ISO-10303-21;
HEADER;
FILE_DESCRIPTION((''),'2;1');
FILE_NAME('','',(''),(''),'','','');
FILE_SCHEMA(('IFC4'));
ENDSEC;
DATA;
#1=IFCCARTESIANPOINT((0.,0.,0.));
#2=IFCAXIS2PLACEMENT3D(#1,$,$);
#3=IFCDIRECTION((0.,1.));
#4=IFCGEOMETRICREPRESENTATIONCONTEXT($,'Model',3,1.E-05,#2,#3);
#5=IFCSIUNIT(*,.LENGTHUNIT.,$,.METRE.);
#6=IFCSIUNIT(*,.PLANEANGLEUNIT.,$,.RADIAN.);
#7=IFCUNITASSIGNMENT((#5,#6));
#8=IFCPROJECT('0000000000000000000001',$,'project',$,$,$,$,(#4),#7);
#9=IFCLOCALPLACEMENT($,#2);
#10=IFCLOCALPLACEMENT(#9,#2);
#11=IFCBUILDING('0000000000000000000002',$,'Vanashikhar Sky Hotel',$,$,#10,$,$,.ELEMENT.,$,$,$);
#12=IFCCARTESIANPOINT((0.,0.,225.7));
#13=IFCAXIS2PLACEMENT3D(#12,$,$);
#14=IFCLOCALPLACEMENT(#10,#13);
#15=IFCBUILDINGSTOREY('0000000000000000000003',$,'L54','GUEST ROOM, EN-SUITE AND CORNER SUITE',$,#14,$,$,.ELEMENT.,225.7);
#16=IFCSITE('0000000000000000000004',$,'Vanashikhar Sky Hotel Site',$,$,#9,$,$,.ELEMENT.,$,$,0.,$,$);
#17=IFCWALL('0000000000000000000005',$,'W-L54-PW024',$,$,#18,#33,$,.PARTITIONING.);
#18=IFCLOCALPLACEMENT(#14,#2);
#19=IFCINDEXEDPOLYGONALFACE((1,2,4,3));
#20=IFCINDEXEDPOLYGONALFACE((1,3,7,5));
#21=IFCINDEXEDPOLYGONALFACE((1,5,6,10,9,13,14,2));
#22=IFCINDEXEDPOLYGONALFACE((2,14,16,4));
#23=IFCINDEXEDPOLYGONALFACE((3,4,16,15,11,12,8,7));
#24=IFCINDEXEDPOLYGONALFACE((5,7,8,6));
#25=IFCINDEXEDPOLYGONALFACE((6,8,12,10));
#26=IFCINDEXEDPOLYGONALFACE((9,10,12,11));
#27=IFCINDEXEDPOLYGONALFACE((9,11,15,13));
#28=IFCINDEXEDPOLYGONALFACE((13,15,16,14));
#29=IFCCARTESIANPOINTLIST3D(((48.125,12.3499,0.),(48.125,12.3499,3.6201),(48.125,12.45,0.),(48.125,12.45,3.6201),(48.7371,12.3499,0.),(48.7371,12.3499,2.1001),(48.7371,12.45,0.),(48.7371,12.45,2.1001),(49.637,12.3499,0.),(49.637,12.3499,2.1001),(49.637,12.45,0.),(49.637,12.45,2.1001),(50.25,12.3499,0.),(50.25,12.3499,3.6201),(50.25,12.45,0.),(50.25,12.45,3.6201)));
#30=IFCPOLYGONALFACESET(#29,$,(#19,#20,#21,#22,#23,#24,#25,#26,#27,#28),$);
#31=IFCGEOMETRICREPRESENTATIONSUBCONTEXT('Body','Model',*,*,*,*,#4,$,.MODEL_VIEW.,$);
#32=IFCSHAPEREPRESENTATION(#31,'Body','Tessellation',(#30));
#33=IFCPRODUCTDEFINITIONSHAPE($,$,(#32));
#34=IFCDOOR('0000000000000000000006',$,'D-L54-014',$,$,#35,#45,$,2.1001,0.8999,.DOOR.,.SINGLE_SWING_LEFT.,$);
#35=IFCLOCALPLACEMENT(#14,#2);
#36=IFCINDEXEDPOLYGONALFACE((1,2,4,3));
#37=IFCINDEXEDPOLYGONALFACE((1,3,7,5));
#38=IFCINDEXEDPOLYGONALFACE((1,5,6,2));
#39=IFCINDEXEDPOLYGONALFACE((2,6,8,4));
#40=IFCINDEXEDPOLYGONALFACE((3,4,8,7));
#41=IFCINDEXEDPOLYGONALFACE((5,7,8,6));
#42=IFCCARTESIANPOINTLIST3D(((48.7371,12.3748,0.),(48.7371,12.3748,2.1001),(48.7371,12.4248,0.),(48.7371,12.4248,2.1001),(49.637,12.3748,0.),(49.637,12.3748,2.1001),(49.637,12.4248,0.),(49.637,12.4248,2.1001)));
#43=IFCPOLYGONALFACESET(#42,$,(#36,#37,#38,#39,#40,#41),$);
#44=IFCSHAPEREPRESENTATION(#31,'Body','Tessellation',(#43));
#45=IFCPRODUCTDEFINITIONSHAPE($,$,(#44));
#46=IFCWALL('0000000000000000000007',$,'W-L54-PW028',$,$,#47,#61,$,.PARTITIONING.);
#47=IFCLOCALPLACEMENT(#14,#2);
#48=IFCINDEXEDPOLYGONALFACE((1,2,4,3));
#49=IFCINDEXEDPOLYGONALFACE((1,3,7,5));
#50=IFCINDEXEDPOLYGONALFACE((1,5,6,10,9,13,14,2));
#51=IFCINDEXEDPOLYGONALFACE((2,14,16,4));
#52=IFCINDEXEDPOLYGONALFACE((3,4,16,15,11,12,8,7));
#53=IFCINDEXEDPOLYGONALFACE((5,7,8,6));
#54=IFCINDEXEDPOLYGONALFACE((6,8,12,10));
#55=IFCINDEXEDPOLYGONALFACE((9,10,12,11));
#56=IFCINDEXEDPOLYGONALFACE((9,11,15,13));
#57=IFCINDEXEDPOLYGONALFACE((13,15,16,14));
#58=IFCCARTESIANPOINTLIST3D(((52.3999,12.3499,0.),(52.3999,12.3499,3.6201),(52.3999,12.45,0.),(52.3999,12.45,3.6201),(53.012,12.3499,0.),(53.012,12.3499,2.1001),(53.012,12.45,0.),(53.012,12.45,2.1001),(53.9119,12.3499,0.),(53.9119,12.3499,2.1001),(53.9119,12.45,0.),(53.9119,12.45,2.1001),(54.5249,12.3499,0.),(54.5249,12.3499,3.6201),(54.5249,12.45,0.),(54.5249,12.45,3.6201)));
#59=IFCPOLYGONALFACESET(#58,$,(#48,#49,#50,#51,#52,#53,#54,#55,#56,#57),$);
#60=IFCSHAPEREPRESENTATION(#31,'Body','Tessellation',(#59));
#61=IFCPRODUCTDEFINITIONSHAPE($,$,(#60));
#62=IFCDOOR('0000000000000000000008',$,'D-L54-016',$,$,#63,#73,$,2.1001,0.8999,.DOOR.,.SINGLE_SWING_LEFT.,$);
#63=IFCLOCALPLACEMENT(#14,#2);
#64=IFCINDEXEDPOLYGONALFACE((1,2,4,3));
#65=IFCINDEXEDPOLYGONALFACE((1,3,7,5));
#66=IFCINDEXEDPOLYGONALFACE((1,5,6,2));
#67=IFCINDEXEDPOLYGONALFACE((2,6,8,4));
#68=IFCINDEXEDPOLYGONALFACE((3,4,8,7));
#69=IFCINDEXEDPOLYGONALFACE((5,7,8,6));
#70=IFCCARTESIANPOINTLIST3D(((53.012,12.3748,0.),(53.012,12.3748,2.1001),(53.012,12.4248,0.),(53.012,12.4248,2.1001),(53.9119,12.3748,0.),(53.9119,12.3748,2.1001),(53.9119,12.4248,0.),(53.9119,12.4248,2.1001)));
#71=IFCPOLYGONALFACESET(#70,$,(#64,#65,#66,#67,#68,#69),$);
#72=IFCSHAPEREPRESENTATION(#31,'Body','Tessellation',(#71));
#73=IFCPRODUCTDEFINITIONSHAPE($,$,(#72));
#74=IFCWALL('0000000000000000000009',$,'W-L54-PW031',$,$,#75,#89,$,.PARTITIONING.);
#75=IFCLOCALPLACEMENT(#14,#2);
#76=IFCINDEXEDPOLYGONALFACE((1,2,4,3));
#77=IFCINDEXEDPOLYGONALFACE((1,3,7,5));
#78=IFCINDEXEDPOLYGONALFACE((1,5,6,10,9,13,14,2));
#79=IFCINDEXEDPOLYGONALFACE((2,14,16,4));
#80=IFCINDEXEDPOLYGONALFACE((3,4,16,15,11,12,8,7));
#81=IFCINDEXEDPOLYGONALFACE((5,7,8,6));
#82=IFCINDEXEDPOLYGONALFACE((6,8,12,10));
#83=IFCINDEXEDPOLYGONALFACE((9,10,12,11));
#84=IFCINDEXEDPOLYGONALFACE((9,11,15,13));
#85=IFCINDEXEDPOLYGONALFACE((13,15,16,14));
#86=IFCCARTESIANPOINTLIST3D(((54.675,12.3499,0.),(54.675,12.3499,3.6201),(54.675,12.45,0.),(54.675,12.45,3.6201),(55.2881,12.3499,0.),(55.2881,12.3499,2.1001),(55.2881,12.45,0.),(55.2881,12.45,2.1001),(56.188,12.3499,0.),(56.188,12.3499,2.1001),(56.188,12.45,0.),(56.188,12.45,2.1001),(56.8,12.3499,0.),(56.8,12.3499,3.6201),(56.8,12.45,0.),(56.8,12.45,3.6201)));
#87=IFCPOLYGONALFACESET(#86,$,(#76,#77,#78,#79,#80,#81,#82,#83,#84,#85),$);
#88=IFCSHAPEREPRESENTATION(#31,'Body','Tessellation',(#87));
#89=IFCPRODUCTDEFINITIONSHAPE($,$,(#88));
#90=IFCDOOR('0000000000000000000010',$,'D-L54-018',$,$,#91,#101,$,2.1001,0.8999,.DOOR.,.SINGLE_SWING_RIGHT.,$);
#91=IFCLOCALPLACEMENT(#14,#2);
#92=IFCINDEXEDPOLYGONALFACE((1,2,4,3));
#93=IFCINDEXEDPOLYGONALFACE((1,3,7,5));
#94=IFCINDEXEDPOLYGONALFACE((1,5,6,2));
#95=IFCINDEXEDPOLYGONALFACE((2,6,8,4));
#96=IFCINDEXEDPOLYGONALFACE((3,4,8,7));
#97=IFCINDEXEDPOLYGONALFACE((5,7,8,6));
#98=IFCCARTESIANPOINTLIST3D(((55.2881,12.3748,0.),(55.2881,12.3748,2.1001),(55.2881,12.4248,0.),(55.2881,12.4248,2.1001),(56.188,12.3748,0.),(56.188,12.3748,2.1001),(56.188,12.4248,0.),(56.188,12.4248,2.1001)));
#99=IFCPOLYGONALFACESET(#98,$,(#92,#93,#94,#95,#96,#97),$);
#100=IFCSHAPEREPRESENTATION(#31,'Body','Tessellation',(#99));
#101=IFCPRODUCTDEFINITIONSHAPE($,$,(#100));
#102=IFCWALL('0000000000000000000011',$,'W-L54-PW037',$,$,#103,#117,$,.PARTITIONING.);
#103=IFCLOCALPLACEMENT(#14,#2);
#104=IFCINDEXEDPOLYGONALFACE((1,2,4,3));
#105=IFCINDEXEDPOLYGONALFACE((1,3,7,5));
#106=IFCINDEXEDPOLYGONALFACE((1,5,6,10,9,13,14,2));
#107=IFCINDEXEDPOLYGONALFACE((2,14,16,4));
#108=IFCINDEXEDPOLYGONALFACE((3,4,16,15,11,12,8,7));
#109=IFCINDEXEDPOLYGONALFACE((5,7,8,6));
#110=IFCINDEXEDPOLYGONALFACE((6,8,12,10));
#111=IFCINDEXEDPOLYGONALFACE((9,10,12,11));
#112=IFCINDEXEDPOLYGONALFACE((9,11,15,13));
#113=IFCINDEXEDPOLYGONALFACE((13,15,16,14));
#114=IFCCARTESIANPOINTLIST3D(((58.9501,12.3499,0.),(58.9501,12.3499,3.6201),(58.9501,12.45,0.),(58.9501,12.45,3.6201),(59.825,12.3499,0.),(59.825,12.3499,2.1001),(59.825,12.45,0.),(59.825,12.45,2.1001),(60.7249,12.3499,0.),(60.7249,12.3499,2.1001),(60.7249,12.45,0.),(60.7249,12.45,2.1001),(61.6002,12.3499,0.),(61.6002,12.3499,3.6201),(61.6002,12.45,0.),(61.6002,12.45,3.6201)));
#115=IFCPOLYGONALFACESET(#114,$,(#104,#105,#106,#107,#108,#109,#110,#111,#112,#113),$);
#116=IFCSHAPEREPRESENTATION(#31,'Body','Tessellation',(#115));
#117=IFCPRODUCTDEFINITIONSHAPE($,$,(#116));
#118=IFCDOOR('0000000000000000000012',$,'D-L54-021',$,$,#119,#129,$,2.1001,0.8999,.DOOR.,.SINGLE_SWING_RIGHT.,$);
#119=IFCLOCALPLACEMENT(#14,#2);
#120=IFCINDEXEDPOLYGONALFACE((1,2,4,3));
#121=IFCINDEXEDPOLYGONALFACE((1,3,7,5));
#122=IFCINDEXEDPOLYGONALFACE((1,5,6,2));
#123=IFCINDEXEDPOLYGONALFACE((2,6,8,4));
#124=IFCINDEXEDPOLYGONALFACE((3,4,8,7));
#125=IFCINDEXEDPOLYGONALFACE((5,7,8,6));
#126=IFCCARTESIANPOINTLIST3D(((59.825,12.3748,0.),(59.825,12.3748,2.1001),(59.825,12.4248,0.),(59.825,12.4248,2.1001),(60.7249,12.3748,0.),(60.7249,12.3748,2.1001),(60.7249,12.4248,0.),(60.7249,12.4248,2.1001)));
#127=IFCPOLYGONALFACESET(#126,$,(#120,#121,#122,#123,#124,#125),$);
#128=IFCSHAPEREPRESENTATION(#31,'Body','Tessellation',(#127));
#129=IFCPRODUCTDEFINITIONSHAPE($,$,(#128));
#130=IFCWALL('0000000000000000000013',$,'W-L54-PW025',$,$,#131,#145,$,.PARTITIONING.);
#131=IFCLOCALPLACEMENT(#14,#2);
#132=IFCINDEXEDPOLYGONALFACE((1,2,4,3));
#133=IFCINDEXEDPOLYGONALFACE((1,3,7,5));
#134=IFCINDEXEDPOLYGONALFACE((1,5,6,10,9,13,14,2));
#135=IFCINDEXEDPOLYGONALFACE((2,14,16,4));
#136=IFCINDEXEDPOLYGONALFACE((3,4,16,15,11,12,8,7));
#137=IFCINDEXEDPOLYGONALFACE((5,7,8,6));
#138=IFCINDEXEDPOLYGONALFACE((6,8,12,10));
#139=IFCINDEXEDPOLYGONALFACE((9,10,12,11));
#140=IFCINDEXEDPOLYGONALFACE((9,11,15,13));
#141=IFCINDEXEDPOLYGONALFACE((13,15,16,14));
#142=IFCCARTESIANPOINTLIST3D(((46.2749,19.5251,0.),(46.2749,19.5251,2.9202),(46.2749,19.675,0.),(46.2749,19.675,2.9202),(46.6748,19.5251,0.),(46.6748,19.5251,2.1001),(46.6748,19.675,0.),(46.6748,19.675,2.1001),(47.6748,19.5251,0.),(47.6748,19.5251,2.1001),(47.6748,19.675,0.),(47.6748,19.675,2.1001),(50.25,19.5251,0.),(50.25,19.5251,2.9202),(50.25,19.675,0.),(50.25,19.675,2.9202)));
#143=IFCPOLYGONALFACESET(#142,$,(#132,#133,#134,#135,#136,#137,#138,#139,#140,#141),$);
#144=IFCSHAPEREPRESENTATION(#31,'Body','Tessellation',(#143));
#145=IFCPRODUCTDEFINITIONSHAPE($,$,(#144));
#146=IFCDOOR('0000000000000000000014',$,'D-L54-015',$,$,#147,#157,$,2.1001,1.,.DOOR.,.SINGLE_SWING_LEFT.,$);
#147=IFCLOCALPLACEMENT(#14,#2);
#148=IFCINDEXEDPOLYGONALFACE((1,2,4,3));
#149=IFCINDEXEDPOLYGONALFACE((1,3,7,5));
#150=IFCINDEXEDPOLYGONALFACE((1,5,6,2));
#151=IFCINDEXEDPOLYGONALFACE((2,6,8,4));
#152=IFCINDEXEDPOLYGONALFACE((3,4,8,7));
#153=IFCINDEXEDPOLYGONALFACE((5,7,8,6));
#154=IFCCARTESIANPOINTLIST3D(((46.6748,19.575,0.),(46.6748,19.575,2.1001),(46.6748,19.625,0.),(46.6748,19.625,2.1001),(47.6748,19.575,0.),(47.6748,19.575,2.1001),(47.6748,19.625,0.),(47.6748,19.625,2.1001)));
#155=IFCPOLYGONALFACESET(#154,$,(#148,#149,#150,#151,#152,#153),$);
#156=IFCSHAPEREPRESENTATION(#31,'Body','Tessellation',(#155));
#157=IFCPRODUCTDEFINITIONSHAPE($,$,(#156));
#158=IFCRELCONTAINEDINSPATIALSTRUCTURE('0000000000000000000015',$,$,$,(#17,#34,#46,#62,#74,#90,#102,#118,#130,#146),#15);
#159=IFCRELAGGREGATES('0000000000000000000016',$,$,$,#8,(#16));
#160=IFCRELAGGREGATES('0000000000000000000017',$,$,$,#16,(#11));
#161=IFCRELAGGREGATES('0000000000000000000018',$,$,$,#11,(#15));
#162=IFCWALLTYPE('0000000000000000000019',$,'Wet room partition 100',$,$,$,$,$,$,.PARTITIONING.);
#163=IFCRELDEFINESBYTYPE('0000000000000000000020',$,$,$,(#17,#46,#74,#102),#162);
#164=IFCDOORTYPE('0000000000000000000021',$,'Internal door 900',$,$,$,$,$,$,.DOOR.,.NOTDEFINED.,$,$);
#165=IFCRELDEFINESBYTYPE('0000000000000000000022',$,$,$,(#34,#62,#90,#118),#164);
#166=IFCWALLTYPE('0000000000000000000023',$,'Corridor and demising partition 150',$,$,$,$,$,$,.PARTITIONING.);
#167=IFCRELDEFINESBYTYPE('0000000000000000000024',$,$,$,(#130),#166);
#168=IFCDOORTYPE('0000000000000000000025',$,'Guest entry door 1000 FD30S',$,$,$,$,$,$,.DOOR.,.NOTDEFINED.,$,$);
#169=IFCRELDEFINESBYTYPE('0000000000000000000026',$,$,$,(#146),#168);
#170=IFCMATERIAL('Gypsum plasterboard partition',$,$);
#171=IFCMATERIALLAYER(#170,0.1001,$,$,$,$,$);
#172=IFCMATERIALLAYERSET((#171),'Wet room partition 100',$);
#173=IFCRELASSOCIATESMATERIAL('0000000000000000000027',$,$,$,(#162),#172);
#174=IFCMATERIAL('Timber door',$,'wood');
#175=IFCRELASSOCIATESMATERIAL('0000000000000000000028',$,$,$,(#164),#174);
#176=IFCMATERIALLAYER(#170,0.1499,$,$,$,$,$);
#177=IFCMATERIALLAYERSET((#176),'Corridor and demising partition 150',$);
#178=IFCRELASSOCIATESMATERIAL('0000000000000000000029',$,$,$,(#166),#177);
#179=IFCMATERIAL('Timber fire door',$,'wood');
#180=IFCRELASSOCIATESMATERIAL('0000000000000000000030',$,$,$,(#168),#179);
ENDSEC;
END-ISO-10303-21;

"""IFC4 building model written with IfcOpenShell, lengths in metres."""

from ifc_helpers import new_model, si_unit, direction, frame, frame_2d, origin, place, context, subcontext, project, spatial, rectangle, extrude, source, transform, mapped, material, layer, layer_set, type_object, element, fill, save


model = new_model("IFC4")

# Units and contexts
model_context = context("Model", 3, precision=1e-05, world=origin(), true_north=direction((0.0, 1.0)))
body_context = subcontext(model_context, "Body", "Model", "MODEL_VIEW")
ifc_project = project(units=[si_unit("LENGTHUNIT", "METRE"), si_unit("PLANEANGLEUNIT", "RADIAN")], contexts=[model_context])

# Site, building, storey
site_placement = place(None, origin())
site = spatial("IfcSite", under=ifc_project, at=site_placement, Name="Vanashikhar Sky Hotel Site", CompositionType="ELEMENT", RefElevation=0.0)
building_placement = place(site_placement, origin())
building = spatial("IfcBuilding", under=site, at=building_placement, Name="Vanashikhar Sky Hotel", CompositionType="ELEMENT")
storey_placement = place(building_placement, frame((0.0, 0.0, 225.7)))
storey = spatial("IfcBuildingStorey", under=building, at=storey_placement, Name="L54", Description="GUEST ROOM, EN-SUITE AND CORNER SUITE", CompositionType="ELEMENT", Elevation=225.7)

# Shared definitions
ifc_material_1 = material(Name="Gypsum plasterboard partition")
ifc_layer_1 = layer(ifc_material_1, 0.1001)
ifc_layer_set_1 = layer_set([ifc_layer_1], Name="Wet room partition 100")
wall_type_1 = type_object("IfcWallType", Name="Wet room partition 100", PredefinedType="PARTITIONING", material=ifc_layer_set_1)

# Walls, openings, doors
shared_shape_1 = source(origin(), body_context, "Body", "SweptSolid", [
    extrude(rectangle(XDim=2.125, YDim=0.1001, at=frame_2d((1.0625, 0.0))), origin(), (0.0, 0.0, 1.0), 3.6201),
])
wall_1_placement = place(storey_placement, frame((48.125, 12.3999, 0.0), z_axis=(0.0, 0.0, 1.0), x_axis=(1.0, 0.0, 0.0)))
wall_1 = element("IfcWall", 1, at=wall_1_placement, inside=storey, type_object=wall_type_1, Name="W-L54-PW024", PredefinedType="PARTITIONING", context=body_context, shape_type="MappedRepresentation", body=[
    mapped(shared_shape_1, transform((0.0, 0.0, 0.0), scale=1.0)),
])
shared_shape_2 = source(origin(), body_context, "Body", "SweptSolid", [
    extrude(rectangle(XDim=0.8999, YDim=2.1001, at=frame_2d((0.45, 1.05))), frame((0.0, 0.0601, 0.0), z_axis=(0.0, -1.0, 0.0), x_axis=(1.0, 0.0, 0.0)), (0.0, 0.0, 1.0), 0.1201),
])
opening_1_placement = place(wall_1_placement, frame((0.6121, 0.0, 0.0)))
opening_1 = element("IfcOpeningElement", 2, at=opening_1_placement, cuts=wall_1, PredefinedType="OPENING", context=body_context, shape_type="MappedRepresentation", body=[
    mapped(shared_shape_2, transform((0.0, 0.0, 0.0), scale=1.0)),
])
ifc_material_2 = material(Name="Timber door", Category="wood")
door_type_1 = type_object("IfcDoorType", Name="Internal door 900", OperationType="NOTDEFINED", PredefinedType="DOOR", material=ifc_material_2)
shared_shape_3 = source(origin(), body_context, "Body", "SweptSolid", [
    extrude(rectangle(XDim=0.8999, YDim=2.1001, at=frame_2d((0.45, 1.05))), frame((0.0, 0.0249, 0.0), z_axis=(0.0, -1.0, 0.0), x_axis=(1.0, 0.0, 0.0)), (0.0, 0.0, 1.0), 0.05),
])
door_1_placement = place(opening_1_placement, origin())
door_1 = element("IfcDoor", 3, at=door_1_placement, inside=storey, type_object=door_type_1, Name="D-L54-014", OperationType="SINGLE_SWING_LEFT", OverallHeight=2.1001, OverallWidth=0.8999, PredefinedType="DOOR", context=body_context, shape_type="MappedRepresentation", body=[
    mapped(shared_shape_3, transform((0.0, 0.0, 0.0), scale=1.0)),
])
fill(opening_1, door_1)
wall_2_placement = place(storey_placement, frame((52.3999, 12.3999, 0.0), z_axis=(0.0, 0.0, 1.0), x_axis=(1.0, 0.0, 0.0)))
wall_2 = element("IfcWall", 4, at=wall_2_placement, inside=storey, type_object=wall_type_1, Name="W-L54-PW028", PredefinedType="PARTITIONING", context=body_context, shape_type="MappedRepresentation", body=[
    mapped(shared_shape_1, transform((0.0, 0.0, 0.0), scale=1.0)),
])
opening_2_placement = place(wall_2_placement, frame((0.6121, 0.0, 0.0)))
opening_2 = element("IfcOpeningElement", 5, at=opening_2_placement, cuts=wall_2, PredefinedType="OPENING", context=body_context, shape_type="MappedRepresentation", body=[
    mapped(shared_shape_2, transform((0.0, 0.0, 0.0), scale=1.0)),
])
door_2_placement = place(opening_2_placement, origin())
door_2 = element("IfcDoor", 6, at=door_2_placement, inside=storey, type_object=door_type_1, Name="D-L54-016", OperationType="SINGLE_SWING_LEFT", OverallHeight=2.1001, OverallWidth=0.8999, PredefinedType="DOOR", context=body_context, shape_type="MappedRepresentation", body=[
    mapped(shared_shape_3, transform((0.0, 0.0, 0.0), scale=1.0)),
])
fill(opening_2, door_2)
wall_3_placement = place(storey_placement, frame((54.675, 12.3999, 0.0), z_axis=(0.0, 0.0, 1.0), x_axis=(1.0, 0.0, 0.0)))
wall_3 = element("IfcWall", 7, at=wall_3_placement, inside=storey, type_object=wall_type_1, Name="W-L54-PW031", PredefinedType="PARTITIONING", context=body_context, shape_type="MappedRepresentation", body=[
    mapped(shared_shape_1, transform((0.0, 0.0, 0.0), scale=1.0)),
])
opening_3_placement = place(wall_3_placement, frame((0.613, 0.0, 0.0)))
opening_3 = element("IfcOpeningElement", 8, at=opening_3_placement, cuts=wall_3, PredefinedType="OPENING", context=body_context, shape_type="MappedRepresentation", body=[
    mapped(shared_shape_2, transform((0.0, 0.0, 0.0), scale=1.0)),
])
door_3_placement = place(opening_3_placement, origin())
door_3 = element("IfcDoor", 9, at=door_3_placement, inside=storey, type_object=door_type_1, Name="D-L54-018", OperationType="SINGLE_SWING_RIGHT", OverallHeight=2.1001, OverallWidth=0.8999, PredefinedType="DOOR", context=body_context, shape_type="MappedRepresentation", body=[
    mapped(shared_shape_3, transform((0.0, 0.0, 0.0), scale=1.0)),
])
fill(opening_3, door_3)
shared_shape_4 = source(origin(), body_context, "Body", "SweptSolid", [
    extrude(rectangle(XDim=2.6501, YDim=0.1001, at=frame_2d((1.3252, 0.0))), origin(), (0.0, 0.0, 1.0), 3.6201),
])
wall_4_placement = place(storey_placement, frame((58.95, 12.3999, 0.0), z_axis=(0.0, 0.0, 1.0), x_axis=(1.0, 0.0, 0.0)))
wall_4 = element("IfcWall", 10, at=wall_4_placement, inside=storey, type_object=wall_type_1, Name="W-L54-PW037", PredefinedType="PARTITIONING", context=body_context, shape_type="MappedRepresentation", body=[
    mapped(shared_shape_4, transform((0.0, 0.0, 0.0), scale=1.0)),
])
opening_4_placement = place(wall_4_placement, frame((0.875, 0.0, 0.0)))
opening_4 = element("IfcOpeningElement", 11, at=opening_4_placement, cuts=wall_4, PredefinedType="OPENING", context=body_context, shape_type="MappedRepresentation", body=[
    mapped(shared_shape_2, transform((0.0, 0.0, 0.0), scale=1.0)),
])
door_4_placement = place(opening_4_placement, origin())
door_4 = element("IfcDoor", 12, at=door_4_placement, inside=storey, type_object=door_type_1, Name="D-L54-021", OperationType="SINGLE_SWING_RIGHT", OverallHeight=2.1001, OverallWidth=0.8999, PredefinedType="DOOR", context=body_context, shape_type="MappedRepresentation", body=[
    mapped(shared_shape_3, transform((0.0, 0.0, 0.0), scale=1.0)),
])
fill(opening_4, door_4)
ifc_layer_2 = layer(ifc_material_1, 0.1499)
ifc_layer_set_2 = layer_set([ifc_layer_2], Name="Corridor and demising partition 150")
wall_type_2 = type_object("IfcWallType", Name="Corridor and demising partition 150", PredefinedType="PARTITIONING", material=ifc_layer_set_2)
shared_shape_5 = source(origin(), body_context, "Body", "SweptSolid", [
    extrude(rectangle(XDim=3.9751, YDim=0.1499, at=frame_2d((1.9875, 0.0))), origin(), (0.0, 0.0, 1.0), 2.9202),
])
wall_5_placement = place(storey_placement, frame((46.2749, 19.6001, 0.0), z_axis=(0.0, 0.0, 1.0), x_axis=(1.0, 0.0, 0.0)))
wall_5 = element("IfcWall", 13, at=wall_5_placement, inside=storey, type_object=wall_type_2, Name="W-L54-PW025", PredefinedType="PARTITIONING", context=body_context, shape_type="MappedRepresentation", body=[
    mapped(shared_shape_5, transform((0.0, 0.0, 0.0), scale=1.0)),
])
shared_shape_6 = source(origin(), body_context, "Body", "SweptSolid", [
    extrude(rectangle(XDim=1.0, YDim=2.1001, at=frame_2d((0.5, 1.05))), frame((0.0, 0.085, 0.0), z_axis=(0.0, -1.0, 0.0), x_axis=(1.0, 0.0, 0.0)), (0.0, 0.0, 1.0), 0.1699),
])
opening_5_placement = place(wall_5_placement, frame((0.3999, 0.0, 0.0)))
opening_5 = element("IfcOpeningElement", 14, at=opening_5_placement, cuts=wall_5, PredefinedType="OPENING", context=body_context, shape_type="MappedRepresentation", body=[
    mapped(shared_shape_6, transform((0.0, 0.0, 0.0), scale=1.0)),
])
ifc_material_3 = material(Name="Timber fire door", Category="wood")
door_type_2 = type_object("IfcDoorType", Name="Guest entry door 1000 FD30S", OperationType="NOTDEFINED", PredefinedType="DOOR", material=ifc_material_3)
shared_shape_7 = source(origin(), body_context, "Body", "SweptSolid", [
    extrude(rectangle(XDim=1.0, YDim=2.1001, at=frame_2d((0.5, 1.05))), frame((0.0, 0.0249, 0.0), z_axis=(0.0, -1.0, 0.0), x_axis=(1.0, 0.0, 0.0)), (0.0, 0.0, 1.0), 0.05),
])
door_5_placement = place(opening_5_placement, origin())
door_5 = element("IfcDoor", 15, at=door_5_placement, inside=storey, type_object=door_type_2, Name="D-L54-015", OperationType="SINGLE_SWING_LEFT", OverallHeight=2.1001, OverallWidth=1.0, PredefinedType="DOOR", context=body_context, shape_type="MappedRepresentation", body=[
    mapped(shared_shape_7, transform((0.0, 0.0, 0.0), scale=1.0)),
])
fill(opening_5, door_5)

save(model, "model.ifc")
